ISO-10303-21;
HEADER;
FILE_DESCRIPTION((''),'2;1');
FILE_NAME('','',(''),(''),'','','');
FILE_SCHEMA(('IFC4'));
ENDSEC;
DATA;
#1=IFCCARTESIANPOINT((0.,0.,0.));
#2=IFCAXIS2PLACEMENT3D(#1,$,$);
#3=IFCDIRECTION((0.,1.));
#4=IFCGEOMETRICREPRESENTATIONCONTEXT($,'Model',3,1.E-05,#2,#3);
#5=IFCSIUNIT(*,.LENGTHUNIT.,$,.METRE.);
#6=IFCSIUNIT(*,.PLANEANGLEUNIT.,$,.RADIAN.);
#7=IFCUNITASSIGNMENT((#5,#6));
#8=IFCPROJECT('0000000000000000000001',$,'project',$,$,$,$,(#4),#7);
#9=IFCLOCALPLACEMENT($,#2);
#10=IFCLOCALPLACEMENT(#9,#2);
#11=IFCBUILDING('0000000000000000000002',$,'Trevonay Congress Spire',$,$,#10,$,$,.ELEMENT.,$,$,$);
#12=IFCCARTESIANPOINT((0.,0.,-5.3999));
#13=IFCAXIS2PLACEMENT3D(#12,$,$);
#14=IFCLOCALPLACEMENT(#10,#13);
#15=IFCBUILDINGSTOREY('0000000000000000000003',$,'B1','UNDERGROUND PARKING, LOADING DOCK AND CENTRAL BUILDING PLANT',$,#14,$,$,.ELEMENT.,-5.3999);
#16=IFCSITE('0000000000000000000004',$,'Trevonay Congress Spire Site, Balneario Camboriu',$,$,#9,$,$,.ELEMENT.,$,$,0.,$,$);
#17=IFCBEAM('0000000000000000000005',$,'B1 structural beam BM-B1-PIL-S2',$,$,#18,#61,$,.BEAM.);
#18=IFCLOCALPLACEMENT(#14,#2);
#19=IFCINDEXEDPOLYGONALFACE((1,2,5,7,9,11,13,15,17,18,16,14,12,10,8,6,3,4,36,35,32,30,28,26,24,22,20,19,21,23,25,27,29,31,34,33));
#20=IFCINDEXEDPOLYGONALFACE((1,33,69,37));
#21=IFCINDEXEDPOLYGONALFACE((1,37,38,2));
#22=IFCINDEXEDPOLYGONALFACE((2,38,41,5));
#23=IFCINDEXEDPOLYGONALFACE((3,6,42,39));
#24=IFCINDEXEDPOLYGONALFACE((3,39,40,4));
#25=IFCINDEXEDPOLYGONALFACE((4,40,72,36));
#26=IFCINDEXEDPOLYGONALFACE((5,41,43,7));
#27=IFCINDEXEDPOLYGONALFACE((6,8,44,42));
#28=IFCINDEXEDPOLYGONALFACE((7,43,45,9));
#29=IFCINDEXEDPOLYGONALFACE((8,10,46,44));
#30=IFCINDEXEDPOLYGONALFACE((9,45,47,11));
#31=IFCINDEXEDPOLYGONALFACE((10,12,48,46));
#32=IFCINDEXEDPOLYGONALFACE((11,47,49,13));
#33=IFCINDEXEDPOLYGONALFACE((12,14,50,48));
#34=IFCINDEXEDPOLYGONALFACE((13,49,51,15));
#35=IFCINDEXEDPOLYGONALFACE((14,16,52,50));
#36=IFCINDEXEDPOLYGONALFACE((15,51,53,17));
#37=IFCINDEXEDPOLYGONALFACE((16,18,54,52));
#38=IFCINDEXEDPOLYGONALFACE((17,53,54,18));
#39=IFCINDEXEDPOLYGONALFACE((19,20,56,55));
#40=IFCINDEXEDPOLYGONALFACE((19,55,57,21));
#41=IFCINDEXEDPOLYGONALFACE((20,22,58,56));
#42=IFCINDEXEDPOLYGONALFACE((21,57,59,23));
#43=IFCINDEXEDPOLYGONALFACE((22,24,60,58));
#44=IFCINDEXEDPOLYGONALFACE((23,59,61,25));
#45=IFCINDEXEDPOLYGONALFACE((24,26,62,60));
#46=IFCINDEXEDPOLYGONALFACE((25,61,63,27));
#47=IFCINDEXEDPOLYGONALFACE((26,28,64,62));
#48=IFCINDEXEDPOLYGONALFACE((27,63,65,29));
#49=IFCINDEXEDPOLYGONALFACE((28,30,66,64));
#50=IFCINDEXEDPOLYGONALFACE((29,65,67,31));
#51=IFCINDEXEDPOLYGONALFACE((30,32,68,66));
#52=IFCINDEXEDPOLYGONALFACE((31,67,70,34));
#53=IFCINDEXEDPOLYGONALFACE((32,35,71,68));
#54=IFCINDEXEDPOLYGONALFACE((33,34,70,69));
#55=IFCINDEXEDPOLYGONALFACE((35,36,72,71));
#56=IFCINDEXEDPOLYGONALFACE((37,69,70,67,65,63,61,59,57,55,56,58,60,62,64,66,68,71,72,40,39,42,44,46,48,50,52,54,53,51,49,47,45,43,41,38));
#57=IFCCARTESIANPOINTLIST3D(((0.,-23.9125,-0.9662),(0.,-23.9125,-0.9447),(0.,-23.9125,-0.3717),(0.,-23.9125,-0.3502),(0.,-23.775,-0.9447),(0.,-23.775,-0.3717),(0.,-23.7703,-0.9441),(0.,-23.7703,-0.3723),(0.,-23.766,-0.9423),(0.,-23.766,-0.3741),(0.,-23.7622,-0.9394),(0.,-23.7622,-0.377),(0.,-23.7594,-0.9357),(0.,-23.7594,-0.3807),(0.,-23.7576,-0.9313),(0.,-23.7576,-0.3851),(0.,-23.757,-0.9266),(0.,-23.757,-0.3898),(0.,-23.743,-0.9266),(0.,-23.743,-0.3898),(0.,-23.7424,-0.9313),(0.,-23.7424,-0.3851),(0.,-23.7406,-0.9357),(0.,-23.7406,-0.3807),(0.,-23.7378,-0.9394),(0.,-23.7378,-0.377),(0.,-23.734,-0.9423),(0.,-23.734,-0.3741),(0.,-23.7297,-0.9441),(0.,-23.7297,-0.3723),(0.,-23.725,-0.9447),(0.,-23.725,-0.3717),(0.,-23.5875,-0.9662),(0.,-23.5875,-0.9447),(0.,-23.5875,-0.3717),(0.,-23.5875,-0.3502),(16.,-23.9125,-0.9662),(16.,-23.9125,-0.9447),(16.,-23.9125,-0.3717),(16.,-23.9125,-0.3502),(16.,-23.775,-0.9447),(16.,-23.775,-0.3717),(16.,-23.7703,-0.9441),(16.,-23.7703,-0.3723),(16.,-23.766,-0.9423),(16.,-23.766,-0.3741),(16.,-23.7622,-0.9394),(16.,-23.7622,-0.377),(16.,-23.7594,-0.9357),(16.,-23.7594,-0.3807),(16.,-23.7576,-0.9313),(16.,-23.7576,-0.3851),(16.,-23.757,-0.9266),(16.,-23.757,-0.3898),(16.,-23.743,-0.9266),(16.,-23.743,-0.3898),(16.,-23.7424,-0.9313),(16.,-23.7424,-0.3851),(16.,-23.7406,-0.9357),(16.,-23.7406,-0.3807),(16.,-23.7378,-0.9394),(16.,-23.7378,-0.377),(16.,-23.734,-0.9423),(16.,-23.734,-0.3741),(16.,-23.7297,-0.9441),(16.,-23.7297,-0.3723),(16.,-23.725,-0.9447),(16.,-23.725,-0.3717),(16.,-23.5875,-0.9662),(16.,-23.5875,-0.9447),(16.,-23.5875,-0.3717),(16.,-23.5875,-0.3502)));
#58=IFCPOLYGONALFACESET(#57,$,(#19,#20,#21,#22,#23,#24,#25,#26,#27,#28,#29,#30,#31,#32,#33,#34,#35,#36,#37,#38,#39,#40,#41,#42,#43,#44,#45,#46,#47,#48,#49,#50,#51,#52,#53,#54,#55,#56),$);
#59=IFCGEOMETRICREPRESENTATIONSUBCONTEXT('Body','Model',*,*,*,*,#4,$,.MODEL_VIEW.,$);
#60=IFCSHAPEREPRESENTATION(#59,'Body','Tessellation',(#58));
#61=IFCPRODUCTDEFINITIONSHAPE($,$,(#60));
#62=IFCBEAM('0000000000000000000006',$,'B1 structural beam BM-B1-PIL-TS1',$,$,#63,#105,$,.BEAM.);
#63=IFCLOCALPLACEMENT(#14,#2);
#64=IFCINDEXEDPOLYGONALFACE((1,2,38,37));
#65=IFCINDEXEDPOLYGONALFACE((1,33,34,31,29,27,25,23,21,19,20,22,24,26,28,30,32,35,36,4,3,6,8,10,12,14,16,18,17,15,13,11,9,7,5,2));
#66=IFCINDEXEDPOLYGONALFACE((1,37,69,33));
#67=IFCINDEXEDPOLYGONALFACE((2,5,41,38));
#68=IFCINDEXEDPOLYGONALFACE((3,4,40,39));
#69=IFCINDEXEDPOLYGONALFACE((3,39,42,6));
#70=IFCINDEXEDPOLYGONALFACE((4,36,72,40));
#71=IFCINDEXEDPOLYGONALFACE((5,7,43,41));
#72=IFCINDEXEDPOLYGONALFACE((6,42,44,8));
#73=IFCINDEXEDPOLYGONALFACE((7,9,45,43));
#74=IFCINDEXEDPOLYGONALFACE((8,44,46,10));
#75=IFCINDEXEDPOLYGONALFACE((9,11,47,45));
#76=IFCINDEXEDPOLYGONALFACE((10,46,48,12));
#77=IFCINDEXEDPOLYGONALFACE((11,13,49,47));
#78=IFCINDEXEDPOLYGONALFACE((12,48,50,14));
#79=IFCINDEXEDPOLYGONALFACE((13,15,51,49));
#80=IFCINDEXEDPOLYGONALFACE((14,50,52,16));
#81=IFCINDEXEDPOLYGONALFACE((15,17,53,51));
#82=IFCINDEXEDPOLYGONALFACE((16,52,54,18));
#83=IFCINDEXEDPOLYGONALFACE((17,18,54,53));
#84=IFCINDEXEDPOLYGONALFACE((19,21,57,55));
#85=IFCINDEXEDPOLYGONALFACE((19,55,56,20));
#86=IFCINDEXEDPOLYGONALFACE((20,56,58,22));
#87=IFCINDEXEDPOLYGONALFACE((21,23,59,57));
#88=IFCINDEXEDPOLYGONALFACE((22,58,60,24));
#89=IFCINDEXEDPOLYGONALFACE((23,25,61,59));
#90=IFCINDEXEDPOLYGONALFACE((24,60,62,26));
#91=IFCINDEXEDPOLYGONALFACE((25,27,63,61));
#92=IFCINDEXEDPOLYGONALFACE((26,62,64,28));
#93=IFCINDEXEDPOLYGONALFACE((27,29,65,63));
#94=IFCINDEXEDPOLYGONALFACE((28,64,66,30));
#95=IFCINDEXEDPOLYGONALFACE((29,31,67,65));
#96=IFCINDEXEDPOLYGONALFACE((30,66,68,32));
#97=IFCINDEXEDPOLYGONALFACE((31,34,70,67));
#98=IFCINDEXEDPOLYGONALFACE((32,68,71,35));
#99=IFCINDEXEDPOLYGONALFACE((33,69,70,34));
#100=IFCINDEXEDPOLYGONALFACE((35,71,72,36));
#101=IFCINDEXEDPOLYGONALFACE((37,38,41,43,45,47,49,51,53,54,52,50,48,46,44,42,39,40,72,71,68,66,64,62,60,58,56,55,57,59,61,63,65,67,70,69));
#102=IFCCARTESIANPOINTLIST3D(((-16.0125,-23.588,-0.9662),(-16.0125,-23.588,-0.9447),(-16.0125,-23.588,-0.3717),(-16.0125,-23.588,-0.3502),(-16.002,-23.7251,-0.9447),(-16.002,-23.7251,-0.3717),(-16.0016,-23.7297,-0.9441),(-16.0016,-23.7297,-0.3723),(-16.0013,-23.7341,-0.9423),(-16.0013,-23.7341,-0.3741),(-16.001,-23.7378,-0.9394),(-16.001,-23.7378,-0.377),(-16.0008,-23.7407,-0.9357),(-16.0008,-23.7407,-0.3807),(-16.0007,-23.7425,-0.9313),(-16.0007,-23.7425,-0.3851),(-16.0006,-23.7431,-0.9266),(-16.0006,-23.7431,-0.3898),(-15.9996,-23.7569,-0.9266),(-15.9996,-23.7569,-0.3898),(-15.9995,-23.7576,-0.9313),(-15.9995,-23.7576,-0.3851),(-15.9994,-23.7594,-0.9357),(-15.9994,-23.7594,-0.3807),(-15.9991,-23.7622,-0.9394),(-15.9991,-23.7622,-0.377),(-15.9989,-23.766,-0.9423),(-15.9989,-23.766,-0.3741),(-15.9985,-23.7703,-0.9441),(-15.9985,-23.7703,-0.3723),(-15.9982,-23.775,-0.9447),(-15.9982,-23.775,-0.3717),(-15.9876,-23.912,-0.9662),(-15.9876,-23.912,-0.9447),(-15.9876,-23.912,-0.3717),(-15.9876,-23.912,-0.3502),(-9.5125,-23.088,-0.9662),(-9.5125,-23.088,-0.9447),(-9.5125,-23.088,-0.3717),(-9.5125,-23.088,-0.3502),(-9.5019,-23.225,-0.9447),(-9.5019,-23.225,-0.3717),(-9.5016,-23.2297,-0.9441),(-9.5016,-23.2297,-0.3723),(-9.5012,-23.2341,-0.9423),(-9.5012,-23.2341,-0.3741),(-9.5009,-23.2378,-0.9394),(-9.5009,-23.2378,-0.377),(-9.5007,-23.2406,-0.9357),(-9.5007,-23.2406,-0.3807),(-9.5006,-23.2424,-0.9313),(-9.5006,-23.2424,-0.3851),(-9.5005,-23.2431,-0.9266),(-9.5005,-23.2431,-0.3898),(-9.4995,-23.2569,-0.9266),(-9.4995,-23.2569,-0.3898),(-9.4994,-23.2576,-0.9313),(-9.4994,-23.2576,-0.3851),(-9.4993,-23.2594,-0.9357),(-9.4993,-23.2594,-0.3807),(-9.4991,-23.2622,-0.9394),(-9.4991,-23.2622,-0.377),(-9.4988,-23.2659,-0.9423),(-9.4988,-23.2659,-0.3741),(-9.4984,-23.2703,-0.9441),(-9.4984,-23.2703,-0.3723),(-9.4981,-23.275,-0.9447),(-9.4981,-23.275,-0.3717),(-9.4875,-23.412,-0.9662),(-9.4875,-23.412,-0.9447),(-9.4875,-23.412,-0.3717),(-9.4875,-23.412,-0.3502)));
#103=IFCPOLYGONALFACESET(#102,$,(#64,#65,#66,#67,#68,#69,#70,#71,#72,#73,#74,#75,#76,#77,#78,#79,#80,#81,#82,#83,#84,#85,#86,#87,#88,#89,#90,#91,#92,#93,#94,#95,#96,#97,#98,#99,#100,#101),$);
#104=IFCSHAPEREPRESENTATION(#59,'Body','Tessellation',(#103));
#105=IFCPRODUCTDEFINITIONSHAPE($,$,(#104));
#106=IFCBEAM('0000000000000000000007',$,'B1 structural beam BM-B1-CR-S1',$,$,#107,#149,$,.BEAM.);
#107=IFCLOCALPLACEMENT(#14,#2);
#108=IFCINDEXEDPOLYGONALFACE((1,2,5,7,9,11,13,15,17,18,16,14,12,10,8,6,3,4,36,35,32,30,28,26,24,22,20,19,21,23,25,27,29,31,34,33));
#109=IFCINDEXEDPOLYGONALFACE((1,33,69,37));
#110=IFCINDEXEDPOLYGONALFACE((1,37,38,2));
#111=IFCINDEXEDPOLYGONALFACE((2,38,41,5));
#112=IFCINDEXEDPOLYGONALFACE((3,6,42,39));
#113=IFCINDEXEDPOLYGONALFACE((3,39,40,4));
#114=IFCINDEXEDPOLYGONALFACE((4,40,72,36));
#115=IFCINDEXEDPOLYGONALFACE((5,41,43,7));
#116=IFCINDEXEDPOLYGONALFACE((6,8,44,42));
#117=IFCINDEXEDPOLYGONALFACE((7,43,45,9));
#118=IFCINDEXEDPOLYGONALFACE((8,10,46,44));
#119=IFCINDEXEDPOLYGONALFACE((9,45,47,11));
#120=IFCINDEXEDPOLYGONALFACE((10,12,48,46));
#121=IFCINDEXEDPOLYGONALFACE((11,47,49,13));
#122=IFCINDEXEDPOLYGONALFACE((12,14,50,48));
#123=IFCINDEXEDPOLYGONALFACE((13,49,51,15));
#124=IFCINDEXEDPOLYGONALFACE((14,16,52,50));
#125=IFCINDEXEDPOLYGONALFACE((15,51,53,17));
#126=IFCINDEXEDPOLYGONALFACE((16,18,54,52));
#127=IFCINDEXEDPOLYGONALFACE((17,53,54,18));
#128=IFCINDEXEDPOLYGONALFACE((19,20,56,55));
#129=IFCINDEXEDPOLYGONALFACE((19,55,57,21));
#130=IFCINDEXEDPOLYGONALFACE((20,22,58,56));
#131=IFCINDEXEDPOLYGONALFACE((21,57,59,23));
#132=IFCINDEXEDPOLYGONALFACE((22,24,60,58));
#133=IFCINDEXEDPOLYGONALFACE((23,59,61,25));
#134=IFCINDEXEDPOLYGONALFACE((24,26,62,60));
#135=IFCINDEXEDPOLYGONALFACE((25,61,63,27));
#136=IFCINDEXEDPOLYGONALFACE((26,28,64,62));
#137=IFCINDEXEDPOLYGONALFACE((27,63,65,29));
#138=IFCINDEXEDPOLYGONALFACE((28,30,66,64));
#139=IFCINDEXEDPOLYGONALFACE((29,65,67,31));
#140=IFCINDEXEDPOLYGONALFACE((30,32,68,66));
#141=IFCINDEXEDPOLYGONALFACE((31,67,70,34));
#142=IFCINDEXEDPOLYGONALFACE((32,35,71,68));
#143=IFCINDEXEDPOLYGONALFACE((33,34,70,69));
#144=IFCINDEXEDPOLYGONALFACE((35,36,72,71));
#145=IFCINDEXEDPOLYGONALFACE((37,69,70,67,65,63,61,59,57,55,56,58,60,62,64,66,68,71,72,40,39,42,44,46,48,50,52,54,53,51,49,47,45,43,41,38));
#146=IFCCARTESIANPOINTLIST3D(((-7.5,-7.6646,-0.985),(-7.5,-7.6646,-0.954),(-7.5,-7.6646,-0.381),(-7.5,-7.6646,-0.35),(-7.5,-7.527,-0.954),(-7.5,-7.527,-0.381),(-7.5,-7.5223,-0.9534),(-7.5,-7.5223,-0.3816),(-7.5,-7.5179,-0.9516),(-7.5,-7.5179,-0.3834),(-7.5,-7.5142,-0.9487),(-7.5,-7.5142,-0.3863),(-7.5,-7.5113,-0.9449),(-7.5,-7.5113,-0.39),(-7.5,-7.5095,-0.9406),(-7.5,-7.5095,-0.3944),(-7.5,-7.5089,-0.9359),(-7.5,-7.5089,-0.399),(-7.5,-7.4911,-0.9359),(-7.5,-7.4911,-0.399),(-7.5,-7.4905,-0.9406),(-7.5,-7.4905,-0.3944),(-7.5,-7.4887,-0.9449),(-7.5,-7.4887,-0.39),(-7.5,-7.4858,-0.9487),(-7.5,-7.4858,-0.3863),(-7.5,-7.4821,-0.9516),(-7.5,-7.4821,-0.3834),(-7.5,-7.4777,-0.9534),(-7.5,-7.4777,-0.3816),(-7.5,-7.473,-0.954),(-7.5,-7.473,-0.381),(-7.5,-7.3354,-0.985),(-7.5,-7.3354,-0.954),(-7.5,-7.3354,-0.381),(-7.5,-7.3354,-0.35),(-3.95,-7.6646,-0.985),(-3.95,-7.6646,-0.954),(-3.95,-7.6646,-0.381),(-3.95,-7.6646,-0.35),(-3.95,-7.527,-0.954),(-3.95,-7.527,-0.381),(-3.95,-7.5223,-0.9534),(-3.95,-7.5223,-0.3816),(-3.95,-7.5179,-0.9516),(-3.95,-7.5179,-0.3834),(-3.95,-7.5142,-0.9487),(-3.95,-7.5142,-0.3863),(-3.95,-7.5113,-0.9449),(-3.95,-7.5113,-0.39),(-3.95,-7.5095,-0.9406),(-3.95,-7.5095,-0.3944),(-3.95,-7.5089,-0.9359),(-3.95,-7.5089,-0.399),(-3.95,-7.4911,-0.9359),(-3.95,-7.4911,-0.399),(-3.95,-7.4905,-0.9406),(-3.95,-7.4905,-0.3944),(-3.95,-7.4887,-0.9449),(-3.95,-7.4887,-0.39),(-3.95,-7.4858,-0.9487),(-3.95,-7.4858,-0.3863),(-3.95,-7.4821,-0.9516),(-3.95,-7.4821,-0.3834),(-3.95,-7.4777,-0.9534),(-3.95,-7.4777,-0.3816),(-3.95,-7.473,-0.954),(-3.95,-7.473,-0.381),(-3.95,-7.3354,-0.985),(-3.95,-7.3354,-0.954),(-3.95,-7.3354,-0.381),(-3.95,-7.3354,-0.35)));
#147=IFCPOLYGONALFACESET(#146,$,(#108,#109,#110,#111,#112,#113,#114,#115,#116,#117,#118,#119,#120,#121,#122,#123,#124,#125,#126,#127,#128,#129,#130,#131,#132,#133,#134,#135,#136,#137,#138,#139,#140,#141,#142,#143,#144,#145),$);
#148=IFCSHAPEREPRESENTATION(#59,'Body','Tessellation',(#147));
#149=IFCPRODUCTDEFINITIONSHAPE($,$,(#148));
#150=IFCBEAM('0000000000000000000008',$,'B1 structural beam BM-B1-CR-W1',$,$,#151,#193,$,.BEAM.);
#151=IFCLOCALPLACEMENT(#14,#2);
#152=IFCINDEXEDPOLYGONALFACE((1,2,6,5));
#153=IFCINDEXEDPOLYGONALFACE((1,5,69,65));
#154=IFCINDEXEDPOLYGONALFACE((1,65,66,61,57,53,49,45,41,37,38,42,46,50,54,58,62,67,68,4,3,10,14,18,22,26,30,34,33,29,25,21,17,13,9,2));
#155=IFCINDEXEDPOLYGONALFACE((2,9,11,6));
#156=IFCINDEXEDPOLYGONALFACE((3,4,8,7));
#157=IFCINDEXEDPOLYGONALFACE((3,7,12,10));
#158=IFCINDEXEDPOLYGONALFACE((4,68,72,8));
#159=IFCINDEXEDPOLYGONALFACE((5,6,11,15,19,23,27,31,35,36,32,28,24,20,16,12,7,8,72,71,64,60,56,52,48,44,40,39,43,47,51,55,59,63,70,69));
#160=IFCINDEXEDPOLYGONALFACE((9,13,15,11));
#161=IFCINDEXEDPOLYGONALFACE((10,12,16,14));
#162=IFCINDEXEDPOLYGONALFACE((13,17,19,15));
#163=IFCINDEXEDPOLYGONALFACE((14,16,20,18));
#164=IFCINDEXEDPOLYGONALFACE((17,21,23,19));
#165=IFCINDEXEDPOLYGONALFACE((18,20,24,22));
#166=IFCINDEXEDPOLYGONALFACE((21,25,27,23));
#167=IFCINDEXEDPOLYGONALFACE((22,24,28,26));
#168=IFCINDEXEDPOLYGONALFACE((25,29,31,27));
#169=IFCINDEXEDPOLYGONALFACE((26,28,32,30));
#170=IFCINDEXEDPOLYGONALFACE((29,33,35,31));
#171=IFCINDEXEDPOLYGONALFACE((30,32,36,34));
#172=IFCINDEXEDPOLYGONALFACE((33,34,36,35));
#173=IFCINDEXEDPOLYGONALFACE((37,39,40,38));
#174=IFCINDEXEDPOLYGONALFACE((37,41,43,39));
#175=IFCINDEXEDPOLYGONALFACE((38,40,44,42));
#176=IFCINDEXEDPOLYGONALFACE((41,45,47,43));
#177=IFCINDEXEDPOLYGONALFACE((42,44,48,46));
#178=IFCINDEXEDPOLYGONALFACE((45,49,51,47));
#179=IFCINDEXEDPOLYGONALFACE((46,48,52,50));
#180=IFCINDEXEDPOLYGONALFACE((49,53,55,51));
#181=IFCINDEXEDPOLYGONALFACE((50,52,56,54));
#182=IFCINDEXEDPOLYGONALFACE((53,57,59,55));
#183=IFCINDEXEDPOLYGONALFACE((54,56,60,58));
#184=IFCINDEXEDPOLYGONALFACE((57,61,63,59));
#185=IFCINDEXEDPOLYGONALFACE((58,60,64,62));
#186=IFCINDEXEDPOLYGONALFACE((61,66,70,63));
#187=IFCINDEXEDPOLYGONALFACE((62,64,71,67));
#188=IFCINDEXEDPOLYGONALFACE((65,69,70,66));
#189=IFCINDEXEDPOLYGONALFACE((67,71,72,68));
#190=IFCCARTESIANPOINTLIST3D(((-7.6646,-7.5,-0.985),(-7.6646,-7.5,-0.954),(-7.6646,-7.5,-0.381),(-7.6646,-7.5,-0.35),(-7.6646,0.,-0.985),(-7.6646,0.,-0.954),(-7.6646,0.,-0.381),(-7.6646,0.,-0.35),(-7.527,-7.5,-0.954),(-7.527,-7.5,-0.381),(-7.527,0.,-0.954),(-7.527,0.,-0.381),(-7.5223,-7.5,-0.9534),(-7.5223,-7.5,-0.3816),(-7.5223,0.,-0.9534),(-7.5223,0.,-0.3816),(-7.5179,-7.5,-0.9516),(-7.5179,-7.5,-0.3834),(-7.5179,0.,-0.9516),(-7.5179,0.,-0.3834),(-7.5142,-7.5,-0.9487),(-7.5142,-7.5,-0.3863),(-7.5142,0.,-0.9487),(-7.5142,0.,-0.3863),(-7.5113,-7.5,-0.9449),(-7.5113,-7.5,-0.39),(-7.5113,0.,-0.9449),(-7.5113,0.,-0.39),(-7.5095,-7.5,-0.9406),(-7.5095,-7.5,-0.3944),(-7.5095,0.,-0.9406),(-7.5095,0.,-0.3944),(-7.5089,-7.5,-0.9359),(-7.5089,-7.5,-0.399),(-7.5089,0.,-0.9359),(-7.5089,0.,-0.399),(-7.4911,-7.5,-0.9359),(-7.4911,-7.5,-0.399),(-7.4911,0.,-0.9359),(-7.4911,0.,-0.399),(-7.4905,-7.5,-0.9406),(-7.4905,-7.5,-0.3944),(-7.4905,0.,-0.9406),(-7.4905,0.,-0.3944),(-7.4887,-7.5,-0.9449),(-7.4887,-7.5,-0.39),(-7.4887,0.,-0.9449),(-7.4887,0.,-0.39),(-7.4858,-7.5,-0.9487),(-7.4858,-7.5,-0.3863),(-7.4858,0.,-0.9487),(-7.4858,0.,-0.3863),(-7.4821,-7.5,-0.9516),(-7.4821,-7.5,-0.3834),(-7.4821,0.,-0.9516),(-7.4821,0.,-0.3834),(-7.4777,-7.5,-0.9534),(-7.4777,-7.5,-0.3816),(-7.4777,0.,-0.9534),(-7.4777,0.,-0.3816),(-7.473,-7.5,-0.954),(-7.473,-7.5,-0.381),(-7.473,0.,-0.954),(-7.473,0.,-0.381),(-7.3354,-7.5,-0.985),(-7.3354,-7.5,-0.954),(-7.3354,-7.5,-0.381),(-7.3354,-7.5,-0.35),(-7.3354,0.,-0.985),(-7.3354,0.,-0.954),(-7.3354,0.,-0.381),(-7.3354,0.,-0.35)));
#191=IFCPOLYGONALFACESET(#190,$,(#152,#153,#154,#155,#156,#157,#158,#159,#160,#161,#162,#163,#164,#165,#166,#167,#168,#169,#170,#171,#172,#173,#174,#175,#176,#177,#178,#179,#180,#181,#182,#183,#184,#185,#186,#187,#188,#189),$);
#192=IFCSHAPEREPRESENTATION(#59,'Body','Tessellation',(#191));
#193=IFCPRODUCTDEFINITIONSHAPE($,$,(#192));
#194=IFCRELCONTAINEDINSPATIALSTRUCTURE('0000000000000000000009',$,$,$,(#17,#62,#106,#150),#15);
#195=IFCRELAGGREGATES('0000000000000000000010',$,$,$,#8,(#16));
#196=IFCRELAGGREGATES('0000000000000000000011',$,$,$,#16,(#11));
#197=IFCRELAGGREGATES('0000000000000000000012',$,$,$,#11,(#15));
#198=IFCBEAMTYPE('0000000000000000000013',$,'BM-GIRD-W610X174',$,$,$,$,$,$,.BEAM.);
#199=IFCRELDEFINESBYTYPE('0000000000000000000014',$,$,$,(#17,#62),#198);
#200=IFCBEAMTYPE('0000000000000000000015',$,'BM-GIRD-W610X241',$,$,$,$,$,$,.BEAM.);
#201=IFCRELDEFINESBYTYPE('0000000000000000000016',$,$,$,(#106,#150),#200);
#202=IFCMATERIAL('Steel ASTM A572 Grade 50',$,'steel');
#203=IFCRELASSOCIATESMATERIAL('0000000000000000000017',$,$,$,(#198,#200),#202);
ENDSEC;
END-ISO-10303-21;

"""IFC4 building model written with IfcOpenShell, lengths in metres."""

from ifc_helpers import new_model, si_unit, direction, frame, origin, origin_2d, place, context, subcontext, project, spatial, i_section, extrude, material, material_profile, profile_set, type_object, element, save


model = new_model("IFC4")

# Units and contexts
model_context = context("Model", 3, precision=1e-05, world=origin(), true_north=direction((0.0, 1.0)))
body_context = subcontext(model_context, "Body", "Model", "MODEL_VIEW")
ifc_project = project(units=[si_unit("LENGTHUNIT", "METRE"), si_unit("PLANEANGLEUNIT", "RADIAN")], contexts=[model_context])

# Site, building, storey
site_placement = place(None, origin())
site = spatial("IfcSite", under=ifc_project, at=site_placement, Name="Trevonay Congress Spire Site, Balneario Camboriu", CompositionType="ELEMENT", RefElevation=0.0)
building_placement = place(site_placement, origin())
building = spatial("IfcBuilding", under=site, at=building_placement, Name="Trevonay Congress Spire", CompositionType="ELEMENT")
storey_placement = place(building_placement, frame((0.0, 0.0, -5.3999)))
storey = spatial("IfcBuildingStorey", under=building, at=storey_placement, Name="B1", Description="UNDERGROUND PARKING, LOADING DOCK AND CENTRAL BUILDING PLANT", CompositionType="ELEMENT", Elevation=-5.3999)

# Shared definitions
ifc_material_1 = material(Name="Steel ASTM A572 Grade 50", Category="steel")

# Beams
ifc_material_profile_1 = material_profile(ifc_material_1, i_section(OverallWidth=0.325, OverallDepth=0.616, WebThickness=0.0139, FlangeThickness=0.0215, FilletRadius=0.0181, at=origin_2d()), Name="W610x174")
ifc_profile_set_1 = profile_set([ifc_material_profile_1], Name="Steel ASTM A572 Grade 50")
beam_type_1 = type_object("IfcBeamType", Name="BM-GIRD-W610X174", PredefinedType="BEAM", material=ifc_profile_set_1)
for number, where, z_axis, x_axis, name in (
    (1, (0.0, -23.75, -0.6582), (1.0, 0.0, 0.0), (0.0, 1.0, 0.0), "B1 structural beam BM-B1-PIL-S2"),
):
    element("IfcBeam", number, at=place(storey_placement, frame(where, z_axis=z_axis, x_axis=x_axis)), inside=storey, type_object=beam_type_1, Name=name, PredefinedType="BEAM", context=body_context, shape_type="SweptSolid", body=[
        extrude(i_section(OverallWidth=0.325, OverallDepth=0.616, WebThickness=0.0139, FlangeThickness=0.0215, FilletRadius=0.0181, at=origin_2d()), origin(), (0.0, 0.0, 1.0), 16.0),
    ])
beam_1_placement = place(storey_placement, frame((-9.5, -23.25, -0.6582), z_axis=(-0.997054, -0.076696, 0.0), x_axis=(0.076696, -0.997054, 0.0)))
element("IfcBeam", 2, at=beam_1_placement, inside=storey, type_object=beam_type_1, Name="B1 structural beam BM-B1-PIL-TS1", PredefinedType="BEAM", context=body_context, shape_type="SweptSolid", body=[
    extrude(i_section(OverallWidth=0.325, OverallDepth=0.616, WebThickness=0.0139, FlangeThickness=0.0215, FilletRadius=0.0181, at=origin_2d()), origin(), (0.0, 0.0, 1.0), 6.5193),
])
ifc_material_profile_2 = material_profile(ifc_material_1, i_section(OverallWidth=0.3291, OverallDepth=0.635, WebThickness=0.0178, FlangeThickness=0.031, FilletRadius=0.0181, at=origin_2d()), Name="W610x241")
ifc_profile_set_2 = profile_set([ifc_material_profile_2], Name="Steel ASTM A572 Grade 50")
beam_type_2 = type_object("IfcBeamType", Name="BM-GIRD-W610X241", PredefinedType="BEAM", material=ifc_profile_set_2)
beam_2_placement = place(storey_placement, frame((-7.5, -7.5, -0.6675), z_axis=(1.0, 0.0, 0.0), x_axis=(0.0, 1.0, 0.0)))
element("IfcBeam", 3, at=beam_2_placement, inside=storey, type_object=beam_type_2, Name="B1 structural beam BM-B1-CR-S1", PredefinedType="BEAM", context=body_context, shape_type="SweptSolid", body=[
    extrude(i_section(OverallWidth=0.3291, OverallDepth=0.635, WebThickness=0.0178, FlangeThickness=0.031, FilletRadius=0.0181, at=origin_2d()), origin(), (0.0, 0.0, 1.0), 3.55),
])
beam_3_placement = place(storey_placement, frame((-7.5, -7.5, -0.6675), z_axis=(0.0, 1.0, 0.0), x_axis=(-1.0, 0.0, 0.0)))
element("IfcBeam", 4, at=beam_3_placement, inside=storey, type_object=beam_type_2, Name="B1 structural beam BM-B1-CR-W1", PredefinedType="BEAM", context=body_context, shape_type="SweptSolid", body=[
    extrude(i_section(OverallWidth=0.3291, OverallDepth=0.635, WebThickness=0.0178, FlangeThickness=0.031, FilletRadius=0.0181, at=origin_2d()), origin(), (0.0, 0.0, 1.0), 7.5),
])

save(model, "model.ifc")
